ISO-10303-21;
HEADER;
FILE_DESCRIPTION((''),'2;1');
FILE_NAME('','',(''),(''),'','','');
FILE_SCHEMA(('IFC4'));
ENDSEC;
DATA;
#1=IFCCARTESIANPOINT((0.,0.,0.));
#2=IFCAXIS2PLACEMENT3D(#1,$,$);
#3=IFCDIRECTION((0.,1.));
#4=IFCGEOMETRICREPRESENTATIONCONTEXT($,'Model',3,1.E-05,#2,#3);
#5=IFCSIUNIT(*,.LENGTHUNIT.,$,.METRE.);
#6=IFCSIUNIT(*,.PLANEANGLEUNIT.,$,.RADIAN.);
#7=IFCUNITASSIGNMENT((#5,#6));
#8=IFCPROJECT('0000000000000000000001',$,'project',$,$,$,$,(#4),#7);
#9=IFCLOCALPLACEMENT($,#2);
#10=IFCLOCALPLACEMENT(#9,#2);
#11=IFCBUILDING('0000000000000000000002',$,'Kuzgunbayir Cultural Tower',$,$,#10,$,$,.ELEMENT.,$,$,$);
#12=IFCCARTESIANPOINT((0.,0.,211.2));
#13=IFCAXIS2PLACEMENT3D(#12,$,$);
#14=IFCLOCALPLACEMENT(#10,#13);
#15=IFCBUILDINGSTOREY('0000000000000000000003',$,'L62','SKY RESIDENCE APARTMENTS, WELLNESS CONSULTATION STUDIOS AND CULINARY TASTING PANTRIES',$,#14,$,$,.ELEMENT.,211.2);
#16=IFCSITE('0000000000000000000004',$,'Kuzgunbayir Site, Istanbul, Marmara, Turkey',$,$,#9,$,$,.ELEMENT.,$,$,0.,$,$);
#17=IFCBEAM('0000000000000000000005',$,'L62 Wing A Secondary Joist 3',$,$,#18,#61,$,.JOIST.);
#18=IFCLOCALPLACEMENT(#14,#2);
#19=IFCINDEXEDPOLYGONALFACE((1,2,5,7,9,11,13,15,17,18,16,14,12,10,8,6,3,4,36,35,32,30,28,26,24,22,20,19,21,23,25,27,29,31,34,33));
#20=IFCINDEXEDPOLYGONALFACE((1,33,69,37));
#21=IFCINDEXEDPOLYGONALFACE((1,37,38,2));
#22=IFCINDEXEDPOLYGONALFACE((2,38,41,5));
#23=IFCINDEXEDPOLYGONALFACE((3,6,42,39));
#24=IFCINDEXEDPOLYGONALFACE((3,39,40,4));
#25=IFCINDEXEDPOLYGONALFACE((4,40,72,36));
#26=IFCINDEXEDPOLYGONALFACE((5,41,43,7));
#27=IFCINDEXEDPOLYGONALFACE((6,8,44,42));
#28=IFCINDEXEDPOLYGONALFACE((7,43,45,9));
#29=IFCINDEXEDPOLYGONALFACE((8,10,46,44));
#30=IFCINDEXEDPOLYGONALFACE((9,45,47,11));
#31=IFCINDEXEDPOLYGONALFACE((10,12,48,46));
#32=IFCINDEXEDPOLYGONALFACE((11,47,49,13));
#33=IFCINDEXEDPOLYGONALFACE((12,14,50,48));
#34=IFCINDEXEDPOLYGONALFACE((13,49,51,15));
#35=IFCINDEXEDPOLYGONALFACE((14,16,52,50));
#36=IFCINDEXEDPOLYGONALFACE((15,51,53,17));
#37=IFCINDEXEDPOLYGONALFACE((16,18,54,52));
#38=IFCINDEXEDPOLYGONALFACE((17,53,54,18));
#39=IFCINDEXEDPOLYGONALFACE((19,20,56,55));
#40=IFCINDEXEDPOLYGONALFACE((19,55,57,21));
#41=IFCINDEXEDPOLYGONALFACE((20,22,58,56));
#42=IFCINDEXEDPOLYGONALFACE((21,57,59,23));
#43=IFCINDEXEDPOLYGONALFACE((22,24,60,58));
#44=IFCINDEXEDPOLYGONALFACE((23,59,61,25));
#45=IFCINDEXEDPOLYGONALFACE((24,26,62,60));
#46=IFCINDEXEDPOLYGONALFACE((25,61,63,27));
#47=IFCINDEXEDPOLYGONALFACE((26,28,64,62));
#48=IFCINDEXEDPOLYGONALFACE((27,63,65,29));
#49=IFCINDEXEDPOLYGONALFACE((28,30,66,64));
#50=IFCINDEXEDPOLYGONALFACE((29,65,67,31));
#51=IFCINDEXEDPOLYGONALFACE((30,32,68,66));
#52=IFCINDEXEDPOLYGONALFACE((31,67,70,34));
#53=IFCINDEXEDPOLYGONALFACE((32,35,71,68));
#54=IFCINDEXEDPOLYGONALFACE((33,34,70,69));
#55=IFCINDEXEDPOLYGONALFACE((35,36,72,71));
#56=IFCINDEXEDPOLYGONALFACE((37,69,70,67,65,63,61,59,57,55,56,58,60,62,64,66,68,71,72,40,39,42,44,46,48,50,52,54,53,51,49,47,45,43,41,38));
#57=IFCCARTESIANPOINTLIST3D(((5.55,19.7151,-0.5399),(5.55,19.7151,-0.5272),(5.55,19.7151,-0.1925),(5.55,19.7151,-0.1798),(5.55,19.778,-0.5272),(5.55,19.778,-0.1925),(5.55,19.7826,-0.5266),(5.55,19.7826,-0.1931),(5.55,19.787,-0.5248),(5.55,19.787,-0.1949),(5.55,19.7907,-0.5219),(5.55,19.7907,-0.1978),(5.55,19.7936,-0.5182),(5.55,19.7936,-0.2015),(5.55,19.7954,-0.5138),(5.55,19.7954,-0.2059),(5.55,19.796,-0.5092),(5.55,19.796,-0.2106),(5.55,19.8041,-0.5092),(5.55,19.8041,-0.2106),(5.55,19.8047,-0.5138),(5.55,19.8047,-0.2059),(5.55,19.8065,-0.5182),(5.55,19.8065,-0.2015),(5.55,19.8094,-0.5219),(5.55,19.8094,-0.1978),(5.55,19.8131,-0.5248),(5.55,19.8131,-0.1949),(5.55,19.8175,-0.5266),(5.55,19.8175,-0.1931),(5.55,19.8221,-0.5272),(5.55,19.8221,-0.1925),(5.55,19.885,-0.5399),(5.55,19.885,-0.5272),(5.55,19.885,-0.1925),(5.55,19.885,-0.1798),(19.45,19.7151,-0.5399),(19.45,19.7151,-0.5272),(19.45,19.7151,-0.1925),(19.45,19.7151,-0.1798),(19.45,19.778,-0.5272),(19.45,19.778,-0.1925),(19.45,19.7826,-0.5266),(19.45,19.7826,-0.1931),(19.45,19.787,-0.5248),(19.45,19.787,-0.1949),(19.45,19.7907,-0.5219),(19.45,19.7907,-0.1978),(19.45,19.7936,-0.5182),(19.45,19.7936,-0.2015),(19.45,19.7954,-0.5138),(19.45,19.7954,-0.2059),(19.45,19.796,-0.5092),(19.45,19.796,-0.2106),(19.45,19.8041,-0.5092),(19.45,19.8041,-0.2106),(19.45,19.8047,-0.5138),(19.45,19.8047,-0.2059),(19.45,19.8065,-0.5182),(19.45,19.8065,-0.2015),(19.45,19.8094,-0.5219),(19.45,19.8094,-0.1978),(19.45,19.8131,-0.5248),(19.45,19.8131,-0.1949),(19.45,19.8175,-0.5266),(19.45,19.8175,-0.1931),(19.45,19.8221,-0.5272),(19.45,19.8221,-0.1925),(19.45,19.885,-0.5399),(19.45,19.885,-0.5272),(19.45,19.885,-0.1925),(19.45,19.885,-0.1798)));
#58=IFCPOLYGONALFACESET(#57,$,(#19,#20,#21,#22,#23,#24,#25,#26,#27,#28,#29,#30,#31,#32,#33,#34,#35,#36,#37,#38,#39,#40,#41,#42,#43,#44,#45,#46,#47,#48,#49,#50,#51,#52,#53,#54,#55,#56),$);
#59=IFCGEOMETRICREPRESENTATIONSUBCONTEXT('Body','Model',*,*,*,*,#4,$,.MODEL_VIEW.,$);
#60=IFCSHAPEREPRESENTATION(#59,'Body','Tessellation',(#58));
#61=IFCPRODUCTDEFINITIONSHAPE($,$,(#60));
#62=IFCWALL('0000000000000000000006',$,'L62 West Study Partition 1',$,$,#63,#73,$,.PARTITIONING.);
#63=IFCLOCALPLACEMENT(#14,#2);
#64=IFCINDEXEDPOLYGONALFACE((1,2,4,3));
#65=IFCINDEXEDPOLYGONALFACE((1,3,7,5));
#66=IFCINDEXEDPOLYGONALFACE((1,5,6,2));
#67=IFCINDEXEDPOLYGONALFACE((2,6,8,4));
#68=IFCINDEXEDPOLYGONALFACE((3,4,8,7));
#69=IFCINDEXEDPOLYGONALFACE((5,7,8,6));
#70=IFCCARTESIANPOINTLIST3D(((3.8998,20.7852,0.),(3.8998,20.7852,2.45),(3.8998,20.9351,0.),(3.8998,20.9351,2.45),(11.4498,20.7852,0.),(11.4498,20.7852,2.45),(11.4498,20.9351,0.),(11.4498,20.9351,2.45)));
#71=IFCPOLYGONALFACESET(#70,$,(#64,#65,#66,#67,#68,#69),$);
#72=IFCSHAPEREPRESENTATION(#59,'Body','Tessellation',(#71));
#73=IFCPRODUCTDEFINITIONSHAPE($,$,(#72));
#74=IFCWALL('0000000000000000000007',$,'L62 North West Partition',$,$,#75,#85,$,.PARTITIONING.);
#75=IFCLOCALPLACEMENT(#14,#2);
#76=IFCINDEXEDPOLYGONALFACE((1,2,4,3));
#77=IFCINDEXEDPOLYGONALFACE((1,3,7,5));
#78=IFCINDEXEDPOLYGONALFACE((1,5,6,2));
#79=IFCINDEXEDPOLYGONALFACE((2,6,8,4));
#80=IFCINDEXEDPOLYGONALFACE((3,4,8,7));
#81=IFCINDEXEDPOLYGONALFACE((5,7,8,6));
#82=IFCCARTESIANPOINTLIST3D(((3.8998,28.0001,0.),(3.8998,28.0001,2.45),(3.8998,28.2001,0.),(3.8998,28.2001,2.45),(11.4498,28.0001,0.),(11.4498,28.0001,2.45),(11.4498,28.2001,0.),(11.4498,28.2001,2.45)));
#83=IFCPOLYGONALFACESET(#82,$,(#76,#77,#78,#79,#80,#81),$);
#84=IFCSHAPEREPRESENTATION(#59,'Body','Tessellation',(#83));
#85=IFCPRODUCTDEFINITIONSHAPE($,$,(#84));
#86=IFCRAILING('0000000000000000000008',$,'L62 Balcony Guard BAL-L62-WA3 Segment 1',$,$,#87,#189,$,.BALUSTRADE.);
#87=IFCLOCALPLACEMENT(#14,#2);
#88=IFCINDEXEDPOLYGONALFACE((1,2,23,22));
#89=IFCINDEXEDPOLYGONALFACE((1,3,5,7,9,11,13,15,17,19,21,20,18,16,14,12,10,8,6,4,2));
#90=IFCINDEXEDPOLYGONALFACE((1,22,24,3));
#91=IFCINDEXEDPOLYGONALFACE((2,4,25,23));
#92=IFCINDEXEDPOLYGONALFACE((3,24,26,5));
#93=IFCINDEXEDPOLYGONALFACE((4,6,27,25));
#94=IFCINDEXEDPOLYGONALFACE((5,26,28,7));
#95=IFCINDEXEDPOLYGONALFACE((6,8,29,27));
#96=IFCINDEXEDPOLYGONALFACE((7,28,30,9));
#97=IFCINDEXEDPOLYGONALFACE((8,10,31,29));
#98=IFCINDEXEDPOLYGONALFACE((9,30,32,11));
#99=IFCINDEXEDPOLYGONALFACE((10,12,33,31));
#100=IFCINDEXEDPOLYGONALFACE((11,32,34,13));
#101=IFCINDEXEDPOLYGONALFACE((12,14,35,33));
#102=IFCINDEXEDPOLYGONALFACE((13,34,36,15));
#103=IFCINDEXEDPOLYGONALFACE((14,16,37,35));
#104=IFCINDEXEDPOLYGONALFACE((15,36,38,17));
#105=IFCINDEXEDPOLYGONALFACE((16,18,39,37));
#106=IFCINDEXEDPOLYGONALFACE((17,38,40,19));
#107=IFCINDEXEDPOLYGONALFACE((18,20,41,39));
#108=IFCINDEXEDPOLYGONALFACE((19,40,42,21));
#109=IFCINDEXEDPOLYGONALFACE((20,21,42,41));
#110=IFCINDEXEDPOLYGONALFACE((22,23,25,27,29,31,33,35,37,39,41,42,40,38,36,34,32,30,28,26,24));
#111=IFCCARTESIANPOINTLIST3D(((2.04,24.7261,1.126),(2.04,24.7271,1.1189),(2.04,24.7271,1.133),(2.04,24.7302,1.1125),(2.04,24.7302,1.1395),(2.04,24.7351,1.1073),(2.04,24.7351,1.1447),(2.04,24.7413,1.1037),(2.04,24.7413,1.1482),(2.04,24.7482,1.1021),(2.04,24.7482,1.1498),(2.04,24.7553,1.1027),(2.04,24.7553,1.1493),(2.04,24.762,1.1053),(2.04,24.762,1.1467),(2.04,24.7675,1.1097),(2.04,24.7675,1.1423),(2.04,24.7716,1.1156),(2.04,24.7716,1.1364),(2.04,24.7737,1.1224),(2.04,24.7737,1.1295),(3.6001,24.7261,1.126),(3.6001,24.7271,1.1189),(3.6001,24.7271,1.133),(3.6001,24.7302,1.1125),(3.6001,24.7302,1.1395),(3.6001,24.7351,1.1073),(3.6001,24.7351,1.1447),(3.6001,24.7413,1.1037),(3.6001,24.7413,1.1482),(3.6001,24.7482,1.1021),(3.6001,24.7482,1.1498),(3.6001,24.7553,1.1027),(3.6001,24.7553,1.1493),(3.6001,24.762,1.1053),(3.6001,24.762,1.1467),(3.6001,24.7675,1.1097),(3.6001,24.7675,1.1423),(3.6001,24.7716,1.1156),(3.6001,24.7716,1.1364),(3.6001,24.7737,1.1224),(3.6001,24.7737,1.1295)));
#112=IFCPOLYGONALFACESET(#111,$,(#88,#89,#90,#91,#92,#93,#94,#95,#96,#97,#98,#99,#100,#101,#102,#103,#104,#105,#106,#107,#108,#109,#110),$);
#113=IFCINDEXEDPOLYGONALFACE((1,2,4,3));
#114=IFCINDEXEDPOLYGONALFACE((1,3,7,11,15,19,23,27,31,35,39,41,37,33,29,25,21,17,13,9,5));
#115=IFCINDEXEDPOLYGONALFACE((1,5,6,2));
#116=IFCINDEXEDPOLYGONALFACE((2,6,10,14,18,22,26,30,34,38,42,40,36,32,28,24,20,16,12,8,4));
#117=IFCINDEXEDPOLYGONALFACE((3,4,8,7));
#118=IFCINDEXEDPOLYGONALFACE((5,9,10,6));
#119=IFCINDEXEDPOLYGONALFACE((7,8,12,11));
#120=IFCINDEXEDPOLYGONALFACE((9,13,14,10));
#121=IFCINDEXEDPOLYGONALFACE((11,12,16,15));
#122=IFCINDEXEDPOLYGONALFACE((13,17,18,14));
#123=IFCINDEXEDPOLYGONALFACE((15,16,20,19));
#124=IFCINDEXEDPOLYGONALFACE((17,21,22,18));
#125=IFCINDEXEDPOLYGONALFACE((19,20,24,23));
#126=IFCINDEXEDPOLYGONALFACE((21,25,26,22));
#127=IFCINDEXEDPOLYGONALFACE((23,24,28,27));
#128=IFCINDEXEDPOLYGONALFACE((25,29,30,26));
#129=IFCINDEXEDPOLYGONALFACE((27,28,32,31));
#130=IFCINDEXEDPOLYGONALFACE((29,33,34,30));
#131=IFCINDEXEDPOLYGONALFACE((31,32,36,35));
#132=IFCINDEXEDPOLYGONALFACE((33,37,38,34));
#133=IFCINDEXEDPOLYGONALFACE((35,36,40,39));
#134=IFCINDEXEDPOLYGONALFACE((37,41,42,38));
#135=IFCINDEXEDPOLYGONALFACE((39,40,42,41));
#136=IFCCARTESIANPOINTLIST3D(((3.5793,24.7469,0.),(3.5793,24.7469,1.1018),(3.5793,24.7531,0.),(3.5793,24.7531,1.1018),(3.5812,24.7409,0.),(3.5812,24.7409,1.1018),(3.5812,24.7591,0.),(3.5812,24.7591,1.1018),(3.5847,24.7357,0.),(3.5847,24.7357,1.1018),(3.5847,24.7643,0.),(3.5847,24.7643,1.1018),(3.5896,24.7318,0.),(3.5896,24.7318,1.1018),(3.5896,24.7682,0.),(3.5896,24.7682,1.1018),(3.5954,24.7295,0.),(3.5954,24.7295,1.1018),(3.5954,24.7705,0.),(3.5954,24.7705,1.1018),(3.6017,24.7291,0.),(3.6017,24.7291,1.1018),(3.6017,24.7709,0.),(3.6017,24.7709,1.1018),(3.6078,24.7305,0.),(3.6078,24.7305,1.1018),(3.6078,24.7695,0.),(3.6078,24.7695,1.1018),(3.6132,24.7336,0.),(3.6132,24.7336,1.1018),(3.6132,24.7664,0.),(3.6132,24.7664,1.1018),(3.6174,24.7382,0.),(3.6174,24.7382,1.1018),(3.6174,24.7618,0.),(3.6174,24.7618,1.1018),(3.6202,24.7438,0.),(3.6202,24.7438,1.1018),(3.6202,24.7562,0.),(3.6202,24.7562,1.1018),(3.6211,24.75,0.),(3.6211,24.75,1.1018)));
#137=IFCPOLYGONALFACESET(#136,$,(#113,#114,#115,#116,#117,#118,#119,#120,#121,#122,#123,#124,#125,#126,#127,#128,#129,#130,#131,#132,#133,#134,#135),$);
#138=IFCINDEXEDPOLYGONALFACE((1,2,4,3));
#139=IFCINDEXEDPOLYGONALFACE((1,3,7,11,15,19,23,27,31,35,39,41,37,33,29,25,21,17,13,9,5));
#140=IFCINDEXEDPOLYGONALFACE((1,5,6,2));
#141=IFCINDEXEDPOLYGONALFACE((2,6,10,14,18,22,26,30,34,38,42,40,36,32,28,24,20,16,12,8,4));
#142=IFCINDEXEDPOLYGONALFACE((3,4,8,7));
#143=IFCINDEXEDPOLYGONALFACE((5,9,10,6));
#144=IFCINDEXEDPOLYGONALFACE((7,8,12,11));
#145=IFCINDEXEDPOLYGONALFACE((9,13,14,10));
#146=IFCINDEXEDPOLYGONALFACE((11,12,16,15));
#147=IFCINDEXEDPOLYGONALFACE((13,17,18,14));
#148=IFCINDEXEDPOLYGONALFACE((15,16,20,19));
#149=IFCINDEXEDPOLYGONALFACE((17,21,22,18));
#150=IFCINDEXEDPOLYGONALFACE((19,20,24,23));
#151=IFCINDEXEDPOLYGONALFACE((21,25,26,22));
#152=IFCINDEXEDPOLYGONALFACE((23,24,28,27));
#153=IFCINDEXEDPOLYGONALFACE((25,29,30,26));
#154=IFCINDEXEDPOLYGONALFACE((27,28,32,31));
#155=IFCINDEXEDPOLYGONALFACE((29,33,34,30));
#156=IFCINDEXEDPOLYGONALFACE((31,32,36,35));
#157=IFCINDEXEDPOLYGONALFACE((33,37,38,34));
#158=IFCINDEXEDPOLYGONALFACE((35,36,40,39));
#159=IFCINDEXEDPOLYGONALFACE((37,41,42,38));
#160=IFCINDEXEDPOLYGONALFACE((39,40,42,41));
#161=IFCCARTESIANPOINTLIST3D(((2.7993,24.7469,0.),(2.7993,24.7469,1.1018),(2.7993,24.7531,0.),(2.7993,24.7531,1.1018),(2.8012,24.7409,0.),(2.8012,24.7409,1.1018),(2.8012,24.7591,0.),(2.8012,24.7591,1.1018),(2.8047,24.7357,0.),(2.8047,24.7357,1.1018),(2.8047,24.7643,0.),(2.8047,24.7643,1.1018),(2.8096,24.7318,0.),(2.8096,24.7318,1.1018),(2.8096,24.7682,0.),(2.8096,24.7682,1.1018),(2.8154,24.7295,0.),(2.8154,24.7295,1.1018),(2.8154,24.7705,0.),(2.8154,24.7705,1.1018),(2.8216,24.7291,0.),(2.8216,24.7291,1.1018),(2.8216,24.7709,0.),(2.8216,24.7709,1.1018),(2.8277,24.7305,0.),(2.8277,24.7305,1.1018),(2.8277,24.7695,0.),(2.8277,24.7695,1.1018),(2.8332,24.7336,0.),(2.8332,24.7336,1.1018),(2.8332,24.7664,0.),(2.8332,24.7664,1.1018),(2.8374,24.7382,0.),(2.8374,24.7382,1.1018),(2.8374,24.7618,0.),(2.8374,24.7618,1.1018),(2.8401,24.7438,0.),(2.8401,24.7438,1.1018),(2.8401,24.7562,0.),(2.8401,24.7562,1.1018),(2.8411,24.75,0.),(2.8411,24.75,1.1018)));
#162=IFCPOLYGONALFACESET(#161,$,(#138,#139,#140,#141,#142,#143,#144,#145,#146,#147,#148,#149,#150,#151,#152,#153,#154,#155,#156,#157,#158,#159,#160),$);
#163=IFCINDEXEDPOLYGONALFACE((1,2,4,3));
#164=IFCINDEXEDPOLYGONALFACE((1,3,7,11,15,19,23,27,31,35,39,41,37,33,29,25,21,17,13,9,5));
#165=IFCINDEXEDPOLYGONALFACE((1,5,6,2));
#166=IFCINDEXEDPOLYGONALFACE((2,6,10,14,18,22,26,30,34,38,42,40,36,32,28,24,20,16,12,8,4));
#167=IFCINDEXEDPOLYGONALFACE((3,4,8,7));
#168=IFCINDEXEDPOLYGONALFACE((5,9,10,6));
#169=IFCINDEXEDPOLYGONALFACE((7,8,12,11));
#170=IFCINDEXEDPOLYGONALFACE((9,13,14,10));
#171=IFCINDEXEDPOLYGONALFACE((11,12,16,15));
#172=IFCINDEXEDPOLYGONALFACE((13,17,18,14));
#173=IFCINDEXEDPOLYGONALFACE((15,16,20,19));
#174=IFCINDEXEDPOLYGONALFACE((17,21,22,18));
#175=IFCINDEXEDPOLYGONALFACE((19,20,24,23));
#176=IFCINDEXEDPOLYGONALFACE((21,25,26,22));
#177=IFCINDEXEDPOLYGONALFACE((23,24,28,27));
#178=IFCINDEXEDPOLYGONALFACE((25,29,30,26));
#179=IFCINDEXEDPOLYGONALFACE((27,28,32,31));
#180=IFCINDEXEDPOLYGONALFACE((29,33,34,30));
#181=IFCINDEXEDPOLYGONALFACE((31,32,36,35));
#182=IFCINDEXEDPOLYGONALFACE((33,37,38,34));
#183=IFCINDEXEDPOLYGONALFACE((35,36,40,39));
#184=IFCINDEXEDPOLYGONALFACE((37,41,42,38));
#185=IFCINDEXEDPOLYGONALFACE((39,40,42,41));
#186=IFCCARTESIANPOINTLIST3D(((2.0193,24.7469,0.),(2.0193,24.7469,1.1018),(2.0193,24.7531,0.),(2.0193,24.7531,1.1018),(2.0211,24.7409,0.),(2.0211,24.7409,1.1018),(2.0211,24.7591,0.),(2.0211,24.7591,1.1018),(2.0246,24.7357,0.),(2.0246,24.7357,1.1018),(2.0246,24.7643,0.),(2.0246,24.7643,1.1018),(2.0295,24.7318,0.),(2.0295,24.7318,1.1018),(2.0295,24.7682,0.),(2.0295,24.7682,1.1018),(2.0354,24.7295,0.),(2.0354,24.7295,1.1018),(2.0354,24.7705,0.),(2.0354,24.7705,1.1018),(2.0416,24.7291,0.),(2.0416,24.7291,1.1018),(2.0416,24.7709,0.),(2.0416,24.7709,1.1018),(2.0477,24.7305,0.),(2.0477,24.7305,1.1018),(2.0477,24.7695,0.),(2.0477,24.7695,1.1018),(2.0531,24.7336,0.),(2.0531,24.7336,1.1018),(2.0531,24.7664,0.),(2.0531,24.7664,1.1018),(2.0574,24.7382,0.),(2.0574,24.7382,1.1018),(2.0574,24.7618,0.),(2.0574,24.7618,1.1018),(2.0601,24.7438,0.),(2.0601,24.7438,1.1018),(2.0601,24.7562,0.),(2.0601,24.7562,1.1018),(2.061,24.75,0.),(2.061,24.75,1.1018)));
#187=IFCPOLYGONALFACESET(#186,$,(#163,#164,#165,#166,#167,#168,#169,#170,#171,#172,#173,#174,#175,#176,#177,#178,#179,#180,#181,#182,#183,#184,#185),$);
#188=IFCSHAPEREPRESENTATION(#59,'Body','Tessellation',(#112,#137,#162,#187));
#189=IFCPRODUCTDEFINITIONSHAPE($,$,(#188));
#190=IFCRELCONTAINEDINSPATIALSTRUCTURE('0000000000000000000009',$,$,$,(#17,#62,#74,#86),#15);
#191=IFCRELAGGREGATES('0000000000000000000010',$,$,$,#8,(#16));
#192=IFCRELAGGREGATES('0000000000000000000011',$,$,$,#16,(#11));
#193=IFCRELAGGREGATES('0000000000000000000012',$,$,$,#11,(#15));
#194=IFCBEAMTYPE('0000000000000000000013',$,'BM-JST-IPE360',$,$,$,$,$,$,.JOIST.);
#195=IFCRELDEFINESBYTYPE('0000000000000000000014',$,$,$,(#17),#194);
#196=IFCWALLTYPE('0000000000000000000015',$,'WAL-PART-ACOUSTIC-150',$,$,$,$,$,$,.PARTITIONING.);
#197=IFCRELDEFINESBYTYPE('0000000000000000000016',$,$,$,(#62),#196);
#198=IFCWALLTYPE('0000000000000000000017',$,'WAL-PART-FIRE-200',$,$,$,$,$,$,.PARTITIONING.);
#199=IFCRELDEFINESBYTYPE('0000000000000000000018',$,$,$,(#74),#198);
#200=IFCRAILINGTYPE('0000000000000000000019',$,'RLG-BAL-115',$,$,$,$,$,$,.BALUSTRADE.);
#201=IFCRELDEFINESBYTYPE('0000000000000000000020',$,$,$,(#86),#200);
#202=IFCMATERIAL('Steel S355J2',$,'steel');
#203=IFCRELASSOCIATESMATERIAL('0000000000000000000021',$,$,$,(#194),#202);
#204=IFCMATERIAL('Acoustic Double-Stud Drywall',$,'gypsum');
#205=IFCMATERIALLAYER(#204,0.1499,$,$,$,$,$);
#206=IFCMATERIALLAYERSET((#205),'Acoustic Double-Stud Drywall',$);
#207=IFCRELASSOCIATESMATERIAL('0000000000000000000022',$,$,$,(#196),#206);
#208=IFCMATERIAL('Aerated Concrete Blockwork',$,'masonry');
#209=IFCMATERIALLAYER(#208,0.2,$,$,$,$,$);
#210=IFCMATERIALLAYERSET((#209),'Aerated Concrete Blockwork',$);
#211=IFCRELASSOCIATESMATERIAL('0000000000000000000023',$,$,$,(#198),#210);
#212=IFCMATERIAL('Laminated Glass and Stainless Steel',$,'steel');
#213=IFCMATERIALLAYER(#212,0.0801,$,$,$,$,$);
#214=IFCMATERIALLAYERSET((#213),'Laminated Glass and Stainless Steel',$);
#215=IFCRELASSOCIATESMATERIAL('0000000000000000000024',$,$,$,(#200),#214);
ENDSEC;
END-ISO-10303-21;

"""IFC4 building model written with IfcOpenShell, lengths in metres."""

from ifc_helpers import new_model, si_unit, direction, frame, frame_2d, origin, origin_2d, place, context, subcontext, project, spatial, rectangle, circle, i_section, extrude, material, layer, layer_set, material_profile, profile_set, type_object, element, save


model = new_model("IFC4")

# Units and contexts
model_context = context("Model", 3, precision=1e-05, world=origin(), true_north=direction((0.0, 1.0)))
body_context = subcontext(model_context, "Body", "Model", "MODEL_VIEW")
ifc_project = project(units=[si_unit("LENGTHUNIT", "METRE"), si_unit("PLANEANGLEUNIT", "RADIAN")], contexts=[model_context])

# Site, building, storey
site_placement = place(None, origin())
site = spatial("IfcSite", under=ifc_project, at=site_placement, Name="Kuzgunbayir Site, Istanbul, Marmara, Turkey", CompositionType="ELEMENT", RefElevation=0.0)
building_placement = place(site_placement, origin())
building = spatial("IfcBuilding", under=site, at=building_placement, Name="Kuzgunbayir Cultural Tower", CompositionType="ELEMENT")
storey_placement = place(building_placement, frame((0.0, 0.0, 211.2)))
storey = spatial("IfcBuildingStorey", under=building, at=storey_placement, Name="L62", Description="SKY RESIDENCE APARTMENTS, WELLNESS CONSULTATION STUDIOS AND CULINARY TASTING PANTRIES", CompositionType="ELEMENT", Elevation=211.2)

# Beam
ifc_material_1 = material(Name="Steel S355J2", Category="steel")
ifc_material_profile_1 = material_profile(ifc_material_1, i_section(OverallWidth=0.1699, OverallDepth=0.3601, WebThickness=0.0081, FlangeThickness=0.0127, FilletRadius=0.0181, at=origin_2d()), Name="IPE 360")
ifc_profile_set_1 = profile_set([ifc_material_profile_1], Name="Steel S355J2")
beam_type_1 = type_object("IfcBeamType", Name="BM-JST-IPE360", PredefinedType="JOIST", material=ifc_profile_set_1)
beam_1_placement = place(storey_placement, frame((5.55, 19.8, -0.3599), z_axis=(1.0, 0.0, 0.0), x_axis=(0.0, 1.0, 0.0)))
element("IfcBeam", 1, at=beam_1_placement, inside=storey, type_object=beam_type_1, Name="L62 Wing A Secondary Joist 3", PredefinedType="JOIST", context=body_context, shape_type="SweptSolid", body=[
    extrude(i_section(OverallWidth=0.1699, OverallDepth=0.3601, WebThickness=0.0081, FlangeThickness=0.0127, FilletRadius=0.0181, at=origin_2d()), origin(), (0.0, 0.0, 1.0), 13.8999),
])

# Walls
ifc_material_2 = material(Name="Acoustic Double-Stud Drywall", Category="gypsum")
ifc_layer_1 = layer(ifc_material_2, 0.1499)
ifc_layer_set_1 = layer_set([ifc_layer_1], Name="Acoustic Double-Stud Drywall")
wall_type_1 = type_object("IfcWallType", Name="WAL-PART-ACOUSTIC-150", PredefinedType="PARTITIONING", material=ifc_layer_set_1)
wall_1_placement = place(storey_placement, frame((3.8999, 20.8601, 0.0), z_axis=(0.0, 0.0, 1.0), x_axis=(1.0, 0.0, 0.0)))
element("IfcWall", 2, at=wall_1_placement, inside=storey, type_object=wall_type_1, Name="L62 West Study Partition 1", PredefinedType="PARTITIONING", context=body_context, shape_type="SweptSolid", body=[
    extrude(rectangle(XDim=7.55, YDim=0.1499, at=frame_2d((3.7749, 0.0))), origin(), (0.0, 0.0, 1.0), 2.45),
])
ifc_material_3 = material(Name="Aerated Concrete Blockwork", Category="masonry")
ifc_layer_2 = layer(ifc_material_3, 0.2)
ifc_layer_set_2 = layer_set([ifc_layer_2], Name="Aerated Concrete Blockwork")
wall_type_2 = type_object("IfcWallType", Name="WAL-PART-FIRE-200", PredefinedType="PARTITIONING", material=ifc_layer_set_2)
wall_2_placement = place(storey_placement, frame((3.8999, 28.1001, 0.0), z_axis=(0.0, 0.0, 1.0), x_axis=(1.0, 0.0, 0.0)))
element("IfcWall", 3, at=wall_2_placement, inside=storey, type_object=wall_type_2, Name="L62 North West Partition", PredefinedType="PARTITIONING", context=body_context, shape_type="SweptSolid", body=[
    extrude(rectangle(XDim=7.55, YDim=0.2, at=frame_2d((3.7749, 0.0))), origin(), (0.0, 0.0, 1.0), 2.45),
])

# Railing
ifc_material_4 = material(Name="Laminated Glass and Stainless Steel", Category="steel")
ifc_layer_3 = layer(ifc_material_4, 0.0801)
ifc_layer_set_3 = layer_set([ifc_layer_3], Name="Laminated Glass and Stainless Steel")
railing_type = type_object("IfcRailingType", Name="RLG-BAL-115", PredefinedType="BALUSTRADE", material=ifc_layer_set_3)
railing_1_placement = place(storey_placement, frame((3.6001, 24.75, 0.0)))
element("IfcRailing", 4, at=railing_1_placement, inside=storey, type_object=railing_type, Name="L62 Balcony Guard BAL-L62-WA3 Segment 1", PredefinedType="BALUSTRADE", context=body_context, shape_type="SweptSolid", body=[
    extrude(circle(Radius=0.0239, at=origin_2d()), frame((0.0, 0.0, 1.126), z_axis=(-1.0, 0.0, 0.0), x_axis=(0.0, -1.0, 0.0)), (0.0, 0.0, 1.0), 1.5601),
    extrude(circle(Radius=0.021, at=origin_2d()), origin(), (0.0, 0.0, 1.0), 1.1018),
    extrude(circle(Radius=0.021, at=origin_2d()), frame((-0.78, 0.0, 0.0)), (0.0, 0.0, 1.0), 1.1018),
    extrude(circle(Radius=0.021, at=origin_2d()), frame((-1.5601, 0.0, 0.0)), (0.0, 0.0, 1.0), 1.1018),
])

save(model, "model.ifc")
